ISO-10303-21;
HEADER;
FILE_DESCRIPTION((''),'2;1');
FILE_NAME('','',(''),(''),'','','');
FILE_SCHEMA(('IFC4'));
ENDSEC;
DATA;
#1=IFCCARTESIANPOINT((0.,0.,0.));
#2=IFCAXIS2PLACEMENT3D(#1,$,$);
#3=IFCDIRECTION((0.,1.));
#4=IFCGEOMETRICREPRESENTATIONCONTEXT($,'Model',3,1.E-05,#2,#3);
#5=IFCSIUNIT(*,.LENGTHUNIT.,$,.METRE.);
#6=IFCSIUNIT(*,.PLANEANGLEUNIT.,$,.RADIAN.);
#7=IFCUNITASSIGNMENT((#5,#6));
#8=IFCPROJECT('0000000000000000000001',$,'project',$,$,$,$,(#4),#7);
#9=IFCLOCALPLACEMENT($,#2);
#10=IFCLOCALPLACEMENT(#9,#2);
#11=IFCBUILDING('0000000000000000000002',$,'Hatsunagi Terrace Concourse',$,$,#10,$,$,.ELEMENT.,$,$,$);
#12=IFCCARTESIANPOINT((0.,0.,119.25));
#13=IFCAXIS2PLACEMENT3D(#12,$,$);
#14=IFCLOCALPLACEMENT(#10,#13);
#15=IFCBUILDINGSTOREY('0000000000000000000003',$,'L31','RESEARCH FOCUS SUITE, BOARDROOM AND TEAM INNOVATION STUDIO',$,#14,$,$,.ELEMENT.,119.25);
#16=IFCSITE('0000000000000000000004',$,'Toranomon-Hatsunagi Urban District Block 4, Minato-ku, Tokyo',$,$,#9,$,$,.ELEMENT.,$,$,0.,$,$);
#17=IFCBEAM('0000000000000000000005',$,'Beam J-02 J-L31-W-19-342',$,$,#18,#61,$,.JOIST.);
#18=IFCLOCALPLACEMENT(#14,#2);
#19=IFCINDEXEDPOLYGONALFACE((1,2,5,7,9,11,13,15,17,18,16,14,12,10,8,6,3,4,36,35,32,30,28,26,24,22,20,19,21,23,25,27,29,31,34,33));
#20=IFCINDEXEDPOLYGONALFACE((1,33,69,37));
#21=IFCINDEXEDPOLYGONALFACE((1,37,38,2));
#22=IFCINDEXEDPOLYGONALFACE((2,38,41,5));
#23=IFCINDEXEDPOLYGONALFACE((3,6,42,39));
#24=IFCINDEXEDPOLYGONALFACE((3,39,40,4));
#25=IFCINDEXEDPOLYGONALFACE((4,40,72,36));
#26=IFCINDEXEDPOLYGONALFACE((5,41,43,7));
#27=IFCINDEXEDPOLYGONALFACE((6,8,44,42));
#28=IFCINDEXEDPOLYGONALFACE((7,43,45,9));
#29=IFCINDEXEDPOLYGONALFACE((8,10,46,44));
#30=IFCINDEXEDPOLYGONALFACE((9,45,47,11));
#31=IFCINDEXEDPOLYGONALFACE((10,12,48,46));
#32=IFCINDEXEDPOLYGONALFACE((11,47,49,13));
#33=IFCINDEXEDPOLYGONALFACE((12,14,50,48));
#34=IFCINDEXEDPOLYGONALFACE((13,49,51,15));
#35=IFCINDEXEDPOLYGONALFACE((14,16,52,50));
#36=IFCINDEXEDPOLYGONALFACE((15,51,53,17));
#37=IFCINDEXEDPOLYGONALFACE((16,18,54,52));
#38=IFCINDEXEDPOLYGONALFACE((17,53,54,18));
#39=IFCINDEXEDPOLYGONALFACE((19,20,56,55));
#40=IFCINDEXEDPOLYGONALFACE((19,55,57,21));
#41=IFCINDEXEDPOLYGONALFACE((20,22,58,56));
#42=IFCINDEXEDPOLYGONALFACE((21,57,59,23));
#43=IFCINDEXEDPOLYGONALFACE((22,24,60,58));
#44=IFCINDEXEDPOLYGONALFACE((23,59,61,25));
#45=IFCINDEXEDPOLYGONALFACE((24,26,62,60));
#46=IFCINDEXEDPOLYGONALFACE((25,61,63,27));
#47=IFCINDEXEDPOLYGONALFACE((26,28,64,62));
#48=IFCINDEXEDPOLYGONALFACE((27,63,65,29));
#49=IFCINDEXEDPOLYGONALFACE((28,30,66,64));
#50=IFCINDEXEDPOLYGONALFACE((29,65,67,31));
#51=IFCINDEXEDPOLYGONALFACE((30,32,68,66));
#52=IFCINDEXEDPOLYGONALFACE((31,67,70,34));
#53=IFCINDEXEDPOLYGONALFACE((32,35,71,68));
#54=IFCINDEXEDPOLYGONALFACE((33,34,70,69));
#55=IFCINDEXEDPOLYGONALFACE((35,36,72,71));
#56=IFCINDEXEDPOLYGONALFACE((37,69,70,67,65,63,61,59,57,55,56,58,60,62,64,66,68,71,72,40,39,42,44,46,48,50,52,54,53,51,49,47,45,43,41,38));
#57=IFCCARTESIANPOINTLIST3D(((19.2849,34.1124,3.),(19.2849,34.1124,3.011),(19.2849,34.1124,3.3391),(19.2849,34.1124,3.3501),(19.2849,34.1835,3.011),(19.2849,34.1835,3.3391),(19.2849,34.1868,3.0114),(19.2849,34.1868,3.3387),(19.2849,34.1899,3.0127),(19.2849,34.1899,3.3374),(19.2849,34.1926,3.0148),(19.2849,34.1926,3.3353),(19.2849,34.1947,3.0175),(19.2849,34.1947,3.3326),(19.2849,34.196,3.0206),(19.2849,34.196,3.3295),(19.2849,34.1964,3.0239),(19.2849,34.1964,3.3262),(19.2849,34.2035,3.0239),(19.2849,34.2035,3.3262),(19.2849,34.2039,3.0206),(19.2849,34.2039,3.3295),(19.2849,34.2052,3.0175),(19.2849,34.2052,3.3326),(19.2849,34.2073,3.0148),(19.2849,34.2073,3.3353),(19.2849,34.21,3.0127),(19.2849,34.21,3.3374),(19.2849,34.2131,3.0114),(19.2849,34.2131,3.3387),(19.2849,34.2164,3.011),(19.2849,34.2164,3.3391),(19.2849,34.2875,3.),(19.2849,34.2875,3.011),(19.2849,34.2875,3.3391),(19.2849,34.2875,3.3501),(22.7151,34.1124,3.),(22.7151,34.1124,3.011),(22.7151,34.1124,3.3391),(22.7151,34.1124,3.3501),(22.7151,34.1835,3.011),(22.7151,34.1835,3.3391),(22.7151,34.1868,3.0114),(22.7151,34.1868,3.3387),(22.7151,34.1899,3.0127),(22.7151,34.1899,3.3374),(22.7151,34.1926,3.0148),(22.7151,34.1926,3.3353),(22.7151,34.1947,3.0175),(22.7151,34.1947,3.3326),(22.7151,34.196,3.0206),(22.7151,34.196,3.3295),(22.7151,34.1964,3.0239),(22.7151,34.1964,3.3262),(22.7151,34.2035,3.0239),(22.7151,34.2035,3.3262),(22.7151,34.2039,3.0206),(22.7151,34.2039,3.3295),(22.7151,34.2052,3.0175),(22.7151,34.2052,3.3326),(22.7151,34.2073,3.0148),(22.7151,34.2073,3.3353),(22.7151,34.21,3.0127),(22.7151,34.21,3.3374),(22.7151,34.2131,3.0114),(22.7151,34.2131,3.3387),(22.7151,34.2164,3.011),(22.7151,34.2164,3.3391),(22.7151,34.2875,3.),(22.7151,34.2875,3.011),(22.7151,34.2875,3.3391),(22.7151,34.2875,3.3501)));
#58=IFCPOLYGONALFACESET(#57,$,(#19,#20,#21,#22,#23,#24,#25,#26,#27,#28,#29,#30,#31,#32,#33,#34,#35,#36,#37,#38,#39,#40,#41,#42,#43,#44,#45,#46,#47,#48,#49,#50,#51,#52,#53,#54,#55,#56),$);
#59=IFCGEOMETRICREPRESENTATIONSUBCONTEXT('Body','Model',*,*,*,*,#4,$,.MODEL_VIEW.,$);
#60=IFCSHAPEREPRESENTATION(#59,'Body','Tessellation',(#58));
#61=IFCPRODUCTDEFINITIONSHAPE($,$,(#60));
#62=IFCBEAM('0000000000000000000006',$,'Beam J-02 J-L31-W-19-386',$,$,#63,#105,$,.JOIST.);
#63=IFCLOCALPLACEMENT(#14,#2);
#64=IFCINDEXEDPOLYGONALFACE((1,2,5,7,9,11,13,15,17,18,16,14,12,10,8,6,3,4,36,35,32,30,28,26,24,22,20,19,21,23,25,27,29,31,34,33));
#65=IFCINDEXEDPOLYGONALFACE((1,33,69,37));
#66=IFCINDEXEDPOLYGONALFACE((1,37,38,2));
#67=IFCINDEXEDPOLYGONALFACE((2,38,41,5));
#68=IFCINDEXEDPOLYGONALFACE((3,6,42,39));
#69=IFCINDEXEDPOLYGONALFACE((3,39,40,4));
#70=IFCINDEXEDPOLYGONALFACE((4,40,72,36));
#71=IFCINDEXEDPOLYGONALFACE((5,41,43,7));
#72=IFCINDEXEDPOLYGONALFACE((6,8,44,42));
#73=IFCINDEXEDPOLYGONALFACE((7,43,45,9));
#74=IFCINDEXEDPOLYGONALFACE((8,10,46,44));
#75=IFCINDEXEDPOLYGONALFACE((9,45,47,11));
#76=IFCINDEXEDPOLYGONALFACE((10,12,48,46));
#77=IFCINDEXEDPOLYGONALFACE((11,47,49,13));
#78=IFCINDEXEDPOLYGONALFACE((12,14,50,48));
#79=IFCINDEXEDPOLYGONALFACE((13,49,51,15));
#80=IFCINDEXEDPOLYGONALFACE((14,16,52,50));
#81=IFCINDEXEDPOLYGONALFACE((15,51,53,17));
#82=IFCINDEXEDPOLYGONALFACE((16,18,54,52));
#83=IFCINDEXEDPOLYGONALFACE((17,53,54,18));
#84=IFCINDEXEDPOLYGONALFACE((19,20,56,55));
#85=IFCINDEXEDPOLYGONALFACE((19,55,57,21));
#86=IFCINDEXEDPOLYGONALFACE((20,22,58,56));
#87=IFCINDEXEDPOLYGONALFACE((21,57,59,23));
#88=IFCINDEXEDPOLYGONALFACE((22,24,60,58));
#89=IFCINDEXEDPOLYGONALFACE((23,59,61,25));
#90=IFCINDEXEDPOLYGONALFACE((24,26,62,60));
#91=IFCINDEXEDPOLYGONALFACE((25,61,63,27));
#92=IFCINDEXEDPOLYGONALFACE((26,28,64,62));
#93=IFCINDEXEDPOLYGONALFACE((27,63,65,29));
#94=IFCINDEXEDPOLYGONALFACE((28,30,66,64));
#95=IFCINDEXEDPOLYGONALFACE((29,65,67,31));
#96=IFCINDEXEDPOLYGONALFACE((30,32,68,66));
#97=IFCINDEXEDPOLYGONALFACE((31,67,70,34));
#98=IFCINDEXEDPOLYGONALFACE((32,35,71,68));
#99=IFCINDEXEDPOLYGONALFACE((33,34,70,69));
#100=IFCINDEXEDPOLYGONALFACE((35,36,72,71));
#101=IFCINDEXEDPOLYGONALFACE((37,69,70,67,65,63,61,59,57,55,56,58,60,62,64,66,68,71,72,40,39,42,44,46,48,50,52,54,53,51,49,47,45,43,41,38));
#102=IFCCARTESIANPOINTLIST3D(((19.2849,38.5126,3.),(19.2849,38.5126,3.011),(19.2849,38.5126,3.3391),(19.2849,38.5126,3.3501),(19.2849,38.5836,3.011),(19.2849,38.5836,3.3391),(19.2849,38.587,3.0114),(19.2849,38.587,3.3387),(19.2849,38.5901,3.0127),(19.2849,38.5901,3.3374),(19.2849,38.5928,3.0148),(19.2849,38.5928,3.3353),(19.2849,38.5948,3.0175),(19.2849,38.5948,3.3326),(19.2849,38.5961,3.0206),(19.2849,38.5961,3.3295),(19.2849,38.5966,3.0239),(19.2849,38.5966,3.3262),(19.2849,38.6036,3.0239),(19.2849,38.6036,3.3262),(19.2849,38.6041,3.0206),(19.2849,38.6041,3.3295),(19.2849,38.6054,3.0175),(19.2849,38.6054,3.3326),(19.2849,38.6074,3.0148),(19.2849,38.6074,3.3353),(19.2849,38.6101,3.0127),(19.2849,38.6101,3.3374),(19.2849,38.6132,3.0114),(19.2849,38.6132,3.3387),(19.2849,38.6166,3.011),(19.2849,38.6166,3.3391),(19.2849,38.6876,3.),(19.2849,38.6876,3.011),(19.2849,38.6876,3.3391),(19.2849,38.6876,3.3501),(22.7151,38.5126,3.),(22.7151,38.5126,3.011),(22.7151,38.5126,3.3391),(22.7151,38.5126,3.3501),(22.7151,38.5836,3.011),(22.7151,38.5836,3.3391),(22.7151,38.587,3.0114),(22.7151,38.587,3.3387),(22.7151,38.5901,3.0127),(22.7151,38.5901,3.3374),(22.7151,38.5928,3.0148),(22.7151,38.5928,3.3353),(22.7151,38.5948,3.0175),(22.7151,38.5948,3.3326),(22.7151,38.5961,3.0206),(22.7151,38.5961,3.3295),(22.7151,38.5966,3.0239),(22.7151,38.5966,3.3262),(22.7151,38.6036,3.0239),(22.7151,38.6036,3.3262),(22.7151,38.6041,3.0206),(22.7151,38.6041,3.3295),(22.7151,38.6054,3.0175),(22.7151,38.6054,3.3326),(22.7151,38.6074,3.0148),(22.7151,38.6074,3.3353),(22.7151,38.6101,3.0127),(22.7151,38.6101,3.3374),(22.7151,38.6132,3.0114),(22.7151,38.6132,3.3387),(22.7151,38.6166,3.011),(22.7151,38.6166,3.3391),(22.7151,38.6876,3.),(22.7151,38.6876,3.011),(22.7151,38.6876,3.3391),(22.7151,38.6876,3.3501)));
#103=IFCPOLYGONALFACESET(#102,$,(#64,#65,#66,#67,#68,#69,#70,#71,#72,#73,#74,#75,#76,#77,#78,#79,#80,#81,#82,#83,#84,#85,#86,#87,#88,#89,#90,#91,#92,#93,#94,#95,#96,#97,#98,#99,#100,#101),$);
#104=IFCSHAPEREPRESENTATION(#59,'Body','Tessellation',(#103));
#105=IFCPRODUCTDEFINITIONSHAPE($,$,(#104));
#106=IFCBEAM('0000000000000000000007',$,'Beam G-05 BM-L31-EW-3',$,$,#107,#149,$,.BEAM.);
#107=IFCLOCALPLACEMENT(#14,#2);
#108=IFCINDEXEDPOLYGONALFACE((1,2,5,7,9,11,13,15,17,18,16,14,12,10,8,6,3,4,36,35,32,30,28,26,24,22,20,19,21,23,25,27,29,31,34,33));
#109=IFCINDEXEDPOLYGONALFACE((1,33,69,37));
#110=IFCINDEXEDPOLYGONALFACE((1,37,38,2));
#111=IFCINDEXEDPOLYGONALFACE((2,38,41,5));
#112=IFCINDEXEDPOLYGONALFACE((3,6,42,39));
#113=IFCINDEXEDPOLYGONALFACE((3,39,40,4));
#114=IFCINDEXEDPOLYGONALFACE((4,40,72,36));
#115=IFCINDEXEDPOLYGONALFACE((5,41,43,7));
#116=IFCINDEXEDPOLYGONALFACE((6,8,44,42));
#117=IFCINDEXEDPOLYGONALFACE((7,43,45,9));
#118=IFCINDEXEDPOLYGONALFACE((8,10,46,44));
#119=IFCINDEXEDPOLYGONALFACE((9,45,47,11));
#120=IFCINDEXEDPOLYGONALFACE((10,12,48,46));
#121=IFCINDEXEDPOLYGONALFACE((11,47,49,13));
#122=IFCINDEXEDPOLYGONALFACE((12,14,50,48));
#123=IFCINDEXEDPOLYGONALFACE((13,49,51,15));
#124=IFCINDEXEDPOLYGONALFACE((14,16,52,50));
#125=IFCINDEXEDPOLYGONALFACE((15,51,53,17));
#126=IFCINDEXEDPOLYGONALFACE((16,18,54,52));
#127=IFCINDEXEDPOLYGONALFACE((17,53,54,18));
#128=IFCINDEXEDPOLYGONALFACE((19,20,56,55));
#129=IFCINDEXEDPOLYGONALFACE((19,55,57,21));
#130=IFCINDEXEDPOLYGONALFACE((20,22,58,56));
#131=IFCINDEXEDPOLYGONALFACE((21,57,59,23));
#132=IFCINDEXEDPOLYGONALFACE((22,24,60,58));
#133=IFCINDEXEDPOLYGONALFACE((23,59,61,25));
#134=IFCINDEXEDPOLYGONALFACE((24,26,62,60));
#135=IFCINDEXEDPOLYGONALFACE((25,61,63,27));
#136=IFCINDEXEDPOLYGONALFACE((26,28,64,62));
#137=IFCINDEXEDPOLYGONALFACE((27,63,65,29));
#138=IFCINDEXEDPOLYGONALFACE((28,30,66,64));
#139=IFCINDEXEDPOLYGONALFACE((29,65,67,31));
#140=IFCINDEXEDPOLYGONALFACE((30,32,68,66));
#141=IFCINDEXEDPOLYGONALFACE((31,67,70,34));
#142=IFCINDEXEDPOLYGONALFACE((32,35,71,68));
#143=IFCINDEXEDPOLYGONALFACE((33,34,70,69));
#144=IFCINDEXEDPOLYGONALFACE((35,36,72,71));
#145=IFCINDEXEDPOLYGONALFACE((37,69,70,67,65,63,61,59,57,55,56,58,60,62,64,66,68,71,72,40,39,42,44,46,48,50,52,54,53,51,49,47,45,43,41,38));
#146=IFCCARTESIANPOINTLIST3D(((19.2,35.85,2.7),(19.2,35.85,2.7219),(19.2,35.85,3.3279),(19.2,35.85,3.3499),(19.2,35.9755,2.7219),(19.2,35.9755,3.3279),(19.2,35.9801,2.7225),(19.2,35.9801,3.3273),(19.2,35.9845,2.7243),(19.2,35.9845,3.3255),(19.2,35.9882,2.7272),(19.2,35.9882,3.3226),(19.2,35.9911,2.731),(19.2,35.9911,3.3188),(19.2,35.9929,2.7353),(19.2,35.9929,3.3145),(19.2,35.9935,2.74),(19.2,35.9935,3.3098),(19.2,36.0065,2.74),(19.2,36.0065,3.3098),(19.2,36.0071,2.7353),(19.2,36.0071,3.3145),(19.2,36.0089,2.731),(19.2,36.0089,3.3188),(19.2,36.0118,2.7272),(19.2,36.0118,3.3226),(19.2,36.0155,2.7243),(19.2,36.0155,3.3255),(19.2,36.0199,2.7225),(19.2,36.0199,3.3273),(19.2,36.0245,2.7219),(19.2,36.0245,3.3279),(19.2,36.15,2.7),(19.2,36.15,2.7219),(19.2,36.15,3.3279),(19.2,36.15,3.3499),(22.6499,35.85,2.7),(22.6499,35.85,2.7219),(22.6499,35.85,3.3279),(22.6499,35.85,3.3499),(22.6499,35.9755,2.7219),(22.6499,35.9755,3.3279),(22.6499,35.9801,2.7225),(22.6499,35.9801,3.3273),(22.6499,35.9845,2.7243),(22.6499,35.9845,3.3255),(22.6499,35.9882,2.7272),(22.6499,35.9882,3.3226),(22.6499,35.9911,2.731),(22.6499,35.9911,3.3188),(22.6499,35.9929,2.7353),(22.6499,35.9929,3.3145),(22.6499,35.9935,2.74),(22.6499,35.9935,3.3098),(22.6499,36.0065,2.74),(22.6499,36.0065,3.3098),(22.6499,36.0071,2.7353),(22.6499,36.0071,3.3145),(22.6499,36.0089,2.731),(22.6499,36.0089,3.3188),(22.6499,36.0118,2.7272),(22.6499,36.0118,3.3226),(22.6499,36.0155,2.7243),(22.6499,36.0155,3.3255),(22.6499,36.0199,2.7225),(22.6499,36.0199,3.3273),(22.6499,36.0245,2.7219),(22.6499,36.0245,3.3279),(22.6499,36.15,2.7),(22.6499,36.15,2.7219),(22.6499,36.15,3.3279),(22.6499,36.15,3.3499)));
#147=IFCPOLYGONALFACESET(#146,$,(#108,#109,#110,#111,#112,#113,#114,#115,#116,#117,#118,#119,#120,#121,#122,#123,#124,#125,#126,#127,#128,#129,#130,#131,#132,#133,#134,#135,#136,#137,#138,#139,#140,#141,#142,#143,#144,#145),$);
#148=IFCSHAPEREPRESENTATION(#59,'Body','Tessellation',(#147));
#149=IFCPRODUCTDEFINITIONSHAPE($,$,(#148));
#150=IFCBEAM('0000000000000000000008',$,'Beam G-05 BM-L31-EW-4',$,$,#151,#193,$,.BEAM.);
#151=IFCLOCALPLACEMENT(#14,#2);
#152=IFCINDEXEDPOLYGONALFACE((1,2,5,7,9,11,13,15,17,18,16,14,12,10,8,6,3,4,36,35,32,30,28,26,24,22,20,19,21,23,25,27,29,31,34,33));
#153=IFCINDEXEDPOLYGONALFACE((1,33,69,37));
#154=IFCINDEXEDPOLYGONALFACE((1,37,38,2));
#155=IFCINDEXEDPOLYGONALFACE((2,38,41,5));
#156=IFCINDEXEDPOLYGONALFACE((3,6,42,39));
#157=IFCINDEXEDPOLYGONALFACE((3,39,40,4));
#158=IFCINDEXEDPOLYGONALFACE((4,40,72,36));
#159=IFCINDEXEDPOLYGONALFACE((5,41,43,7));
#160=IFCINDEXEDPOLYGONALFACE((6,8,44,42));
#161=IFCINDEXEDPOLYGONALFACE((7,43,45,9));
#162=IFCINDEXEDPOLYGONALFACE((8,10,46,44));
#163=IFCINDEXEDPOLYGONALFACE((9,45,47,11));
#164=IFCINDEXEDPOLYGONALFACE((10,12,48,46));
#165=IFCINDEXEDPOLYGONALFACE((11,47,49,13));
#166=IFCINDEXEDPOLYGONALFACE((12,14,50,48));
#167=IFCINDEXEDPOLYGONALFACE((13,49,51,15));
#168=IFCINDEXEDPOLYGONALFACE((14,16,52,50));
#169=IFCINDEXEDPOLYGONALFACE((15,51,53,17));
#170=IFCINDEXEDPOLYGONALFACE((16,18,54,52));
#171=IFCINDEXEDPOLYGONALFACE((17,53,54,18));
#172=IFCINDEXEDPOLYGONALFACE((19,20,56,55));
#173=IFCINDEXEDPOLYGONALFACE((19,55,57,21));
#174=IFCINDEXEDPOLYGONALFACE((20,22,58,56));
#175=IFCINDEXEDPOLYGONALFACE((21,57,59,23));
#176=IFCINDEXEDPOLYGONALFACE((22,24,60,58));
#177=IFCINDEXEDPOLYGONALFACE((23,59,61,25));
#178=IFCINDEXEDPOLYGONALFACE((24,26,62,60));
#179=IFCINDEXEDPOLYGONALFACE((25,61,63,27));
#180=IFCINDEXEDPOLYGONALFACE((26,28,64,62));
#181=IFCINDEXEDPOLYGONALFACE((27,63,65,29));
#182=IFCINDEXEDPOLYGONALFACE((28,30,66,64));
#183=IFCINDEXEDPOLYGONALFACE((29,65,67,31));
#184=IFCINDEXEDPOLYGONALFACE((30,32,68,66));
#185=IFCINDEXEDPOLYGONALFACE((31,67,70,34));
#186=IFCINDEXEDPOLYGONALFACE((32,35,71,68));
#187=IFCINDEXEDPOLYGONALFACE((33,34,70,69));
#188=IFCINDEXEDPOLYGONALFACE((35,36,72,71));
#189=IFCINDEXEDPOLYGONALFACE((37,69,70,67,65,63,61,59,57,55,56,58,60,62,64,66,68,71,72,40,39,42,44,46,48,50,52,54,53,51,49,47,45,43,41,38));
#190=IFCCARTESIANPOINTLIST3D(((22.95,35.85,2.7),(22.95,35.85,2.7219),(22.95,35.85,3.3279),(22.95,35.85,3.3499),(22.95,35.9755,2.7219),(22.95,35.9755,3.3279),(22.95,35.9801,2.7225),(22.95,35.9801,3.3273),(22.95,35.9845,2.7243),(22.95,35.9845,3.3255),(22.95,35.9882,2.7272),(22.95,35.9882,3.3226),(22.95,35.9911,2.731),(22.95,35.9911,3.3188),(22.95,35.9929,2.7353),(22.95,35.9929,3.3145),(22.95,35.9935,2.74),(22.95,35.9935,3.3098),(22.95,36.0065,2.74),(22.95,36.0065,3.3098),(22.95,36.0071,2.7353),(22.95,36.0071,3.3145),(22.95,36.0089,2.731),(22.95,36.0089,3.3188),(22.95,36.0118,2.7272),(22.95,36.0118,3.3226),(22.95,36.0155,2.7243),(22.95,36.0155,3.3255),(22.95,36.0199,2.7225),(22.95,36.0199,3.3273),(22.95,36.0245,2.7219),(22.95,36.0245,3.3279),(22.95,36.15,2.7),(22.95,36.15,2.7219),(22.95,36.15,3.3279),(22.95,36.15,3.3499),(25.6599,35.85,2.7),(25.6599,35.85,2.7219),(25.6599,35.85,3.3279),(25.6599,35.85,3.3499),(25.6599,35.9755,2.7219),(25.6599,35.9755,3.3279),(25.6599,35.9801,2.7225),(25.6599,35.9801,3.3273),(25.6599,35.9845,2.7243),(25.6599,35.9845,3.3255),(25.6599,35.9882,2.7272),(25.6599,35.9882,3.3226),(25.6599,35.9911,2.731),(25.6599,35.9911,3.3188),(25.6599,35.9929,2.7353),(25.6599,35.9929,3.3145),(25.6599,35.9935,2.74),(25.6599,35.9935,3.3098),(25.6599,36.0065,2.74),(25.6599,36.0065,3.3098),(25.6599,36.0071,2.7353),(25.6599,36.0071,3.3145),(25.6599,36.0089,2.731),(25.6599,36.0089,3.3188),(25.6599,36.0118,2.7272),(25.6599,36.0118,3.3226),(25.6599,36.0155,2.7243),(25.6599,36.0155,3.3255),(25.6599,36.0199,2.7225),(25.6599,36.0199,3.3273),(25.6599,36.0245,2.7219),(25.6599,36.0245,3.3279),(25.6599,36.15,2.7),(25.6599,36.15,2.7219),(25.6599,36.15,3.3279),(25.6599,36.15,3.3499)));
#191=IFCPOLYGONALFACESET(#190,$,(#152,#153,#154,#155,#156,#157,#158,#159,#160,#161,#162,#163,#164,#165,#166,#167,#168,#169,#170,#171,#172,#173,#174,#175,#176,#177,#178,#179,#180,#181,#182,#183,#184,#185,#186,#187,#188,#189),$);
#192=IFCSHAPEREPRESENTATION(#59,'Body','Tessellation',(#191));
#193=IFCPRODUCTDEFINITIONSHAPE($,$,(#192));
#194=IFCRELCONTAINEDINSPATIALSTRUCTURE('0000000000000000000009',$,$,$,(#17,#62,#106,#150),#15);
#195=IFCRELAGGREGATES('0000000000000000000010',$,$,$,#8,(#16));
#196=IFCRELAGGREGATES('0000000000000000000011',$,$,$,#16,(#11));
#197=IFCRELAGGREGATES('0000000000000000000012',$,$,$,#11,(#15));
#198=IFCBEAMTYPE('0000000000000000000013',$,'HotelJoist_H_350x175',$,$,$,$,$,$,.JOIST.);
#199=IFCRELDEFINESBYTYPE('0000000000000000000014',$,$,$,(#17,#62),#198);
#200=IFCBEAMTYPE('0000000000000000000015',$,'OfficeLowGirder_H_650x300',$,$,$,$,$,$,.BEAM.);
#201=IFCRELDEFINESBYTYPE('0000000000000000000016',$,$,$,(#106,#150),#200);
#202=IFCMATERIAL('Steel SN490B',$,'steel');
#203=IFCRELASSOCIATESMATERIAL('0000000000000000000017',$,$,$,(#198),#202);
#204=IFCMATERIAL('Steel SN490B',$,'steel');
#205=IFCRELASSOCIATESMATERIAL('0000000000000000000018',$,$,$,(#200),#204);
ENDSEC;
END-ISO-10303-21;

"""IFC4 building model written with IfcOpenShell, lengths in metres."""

from ifc_helpers import new_model, si_unit, direction, frame, origin, origin_2d, place, context, subcontext, project, spatial, i_section, extrude, material, material_profile, profile_set, type_object, element, save


model = new_model("IFC4")

# Units and contexts
model_context = context("Model", 3, precision=1e-05, world=origin(), true_north=direction((0.0, 1.0)))
body_context = subcontext(model_context, "Body", "Model", "MODEL_VIEW")
ifc_project = project(units=[si_unit("LENGTHUNIT", "METRE"), si_unit("PLANEANGLEUNIT", "RADIAN")], contexts=[model_context])

# Site, building, storey
site_placement = place(None, origin())
site = spatial("IfcSite", under=ifc_project, at=site_placement, Name="Toranomon-Hatsunagi Urban District Block 4, Minato-ku, Tokyo", CompositionType="ELEMENT", RefElevation=0.0)
building_placement = place(site_placement, origin())
building = spatial("IfcBuilding", under=site, at=building_placement, Name="Hatsunagi Terrace Concourse", CompositionType="ELEMENT")
storey_placement = place(building_placement, frame((0.0, 0.0, 119.25)))
storey = spatial("IfcBuildingStorey", under=building, at=storey_placement, Name="L31", Description="RESEARCH FOCUS SUITE, BOARDROOM AND TEAM INNOVATION STUDIO", CompositionType="ELEMENT", Elevation=119.25)

# Beams
ifc_material_1 = material(Name="Steel SN490B", Category="steel")
ifc_material_profile_1 = material_profile(ifc_material_1, i_section(OverallWidth=0.175, OverallDepth=0.3501, WebThickness=0.0071, FlangeThickness=0.011, FilletRadius=0.0129, at=origin_2d()), Name="H-350x175x7x11")
ifc_profile_set_1 = profile_set([ifc_material_profile_1], Name="Steel SN490B")
beam_type_1 = type_object("IfcBeamType", Name="HotelJoist_H_350x175", PredefinedType="JOIST", material=ifc_profile_set_1)
for number, where, z_axis, x_axis, name in (
    (1, (19.2849, 34.2, 3.175), (1.0, 0.0, 0.0), (0.0, 1.0, 0.0), "Beam J-02 J-L31-W-19-342"),
    (2, (19.2849, 38.6001, 3.175), (1.0, 0.0, 0.0), (0.0, 1.0, 0.0), "Beam J-02 J-L31-W-19-386"),
):
    element("IfcBeam", number, at=place(storey_placement, frame(where, z_axis=z_axis, x_axis=x_axis)), inside=storey, type_object=beam_type_1, Name=name, PredefinedType="JOIST", context=body_context, shape_type="SweptSolid", body=[
        extrude(i_section(OverallWidth=0.175, OverallDepth=0.3501, WebThickness=0.0071, FlangeThickness=0.011, FilletRadius=0.0129, at=origin_2d()), origin(), (0.0, 0.0, 1.0), 3.4302),
    ])
ifc_material_2 = material(Name="Steel SN490B", Category="steel")
ifc_material_profile_2 = material_profile(ifc_material_2, i_section(OverallWidth=0.3, OverallDepth=0.6499, WebThickness=0.0129, FlangeThickness=0.022, FilletRadius=0.0181, at=origin_2d()), Name="H-650x300x13x22")
ifc_profile_set_2 = profile_set([ifc_material_profile_2], Name="Steel SN490B")
beam_type_2 = type_object("IfcBeamType", Name="OfficeLowGirder_H_650x300", PredefinedType="BEAM", material=ifc_profile_set_2)
beam_1_placement = place(storey_placement, frame((19.2, 36.0, 3.0249), z_axis=(1.0, 0.0, 0.0), x_axis=(0.0, 1.0, 0.0)))
element("IfcBeam", 3, at=beam_1_placement, inside=storey, type_object=beam_type_2, Name="Beam G-05 BM-L31-EW-3", PredefinedType="BEAM", context=body_context, shape_type="SweptSolid", body=[
    extrude(i_section(OverallWidth=0.3, OverallDepth=0.6499, WebThickness=0.0129, FlangeThickness=0.022, FilletRadius=0.0181, at=origin_2d()), origin(), (0.0, 0.0, 1.0), 3.45),
])
beam_2_placement = place(storey_placement, frame((22.95, 36.0, 3.0249), z_axis=(1.0, 0.0, 0.0), x_axis=(0.0, 1.0, 0.0)))
element("IfcBeam", 4, at=beam_2_placement, inside=storey, type_object=beam_type_2, Name="Beam G-05 BM-L31-EW-4", PredefinedType="BEAM", context=body_context, shape_type="SweptSolid", body=[
    extrude(i_section(OverallWidth=0.3, OverallDepth=0.6499, WebThickness=0.0129, FlangeThickness=0.022, FilletRadius=0.0181, at=origin_2d()), origin(), (0.0, 0.0, 1.0), 2.71),
])

save(model, "model.ifc")
